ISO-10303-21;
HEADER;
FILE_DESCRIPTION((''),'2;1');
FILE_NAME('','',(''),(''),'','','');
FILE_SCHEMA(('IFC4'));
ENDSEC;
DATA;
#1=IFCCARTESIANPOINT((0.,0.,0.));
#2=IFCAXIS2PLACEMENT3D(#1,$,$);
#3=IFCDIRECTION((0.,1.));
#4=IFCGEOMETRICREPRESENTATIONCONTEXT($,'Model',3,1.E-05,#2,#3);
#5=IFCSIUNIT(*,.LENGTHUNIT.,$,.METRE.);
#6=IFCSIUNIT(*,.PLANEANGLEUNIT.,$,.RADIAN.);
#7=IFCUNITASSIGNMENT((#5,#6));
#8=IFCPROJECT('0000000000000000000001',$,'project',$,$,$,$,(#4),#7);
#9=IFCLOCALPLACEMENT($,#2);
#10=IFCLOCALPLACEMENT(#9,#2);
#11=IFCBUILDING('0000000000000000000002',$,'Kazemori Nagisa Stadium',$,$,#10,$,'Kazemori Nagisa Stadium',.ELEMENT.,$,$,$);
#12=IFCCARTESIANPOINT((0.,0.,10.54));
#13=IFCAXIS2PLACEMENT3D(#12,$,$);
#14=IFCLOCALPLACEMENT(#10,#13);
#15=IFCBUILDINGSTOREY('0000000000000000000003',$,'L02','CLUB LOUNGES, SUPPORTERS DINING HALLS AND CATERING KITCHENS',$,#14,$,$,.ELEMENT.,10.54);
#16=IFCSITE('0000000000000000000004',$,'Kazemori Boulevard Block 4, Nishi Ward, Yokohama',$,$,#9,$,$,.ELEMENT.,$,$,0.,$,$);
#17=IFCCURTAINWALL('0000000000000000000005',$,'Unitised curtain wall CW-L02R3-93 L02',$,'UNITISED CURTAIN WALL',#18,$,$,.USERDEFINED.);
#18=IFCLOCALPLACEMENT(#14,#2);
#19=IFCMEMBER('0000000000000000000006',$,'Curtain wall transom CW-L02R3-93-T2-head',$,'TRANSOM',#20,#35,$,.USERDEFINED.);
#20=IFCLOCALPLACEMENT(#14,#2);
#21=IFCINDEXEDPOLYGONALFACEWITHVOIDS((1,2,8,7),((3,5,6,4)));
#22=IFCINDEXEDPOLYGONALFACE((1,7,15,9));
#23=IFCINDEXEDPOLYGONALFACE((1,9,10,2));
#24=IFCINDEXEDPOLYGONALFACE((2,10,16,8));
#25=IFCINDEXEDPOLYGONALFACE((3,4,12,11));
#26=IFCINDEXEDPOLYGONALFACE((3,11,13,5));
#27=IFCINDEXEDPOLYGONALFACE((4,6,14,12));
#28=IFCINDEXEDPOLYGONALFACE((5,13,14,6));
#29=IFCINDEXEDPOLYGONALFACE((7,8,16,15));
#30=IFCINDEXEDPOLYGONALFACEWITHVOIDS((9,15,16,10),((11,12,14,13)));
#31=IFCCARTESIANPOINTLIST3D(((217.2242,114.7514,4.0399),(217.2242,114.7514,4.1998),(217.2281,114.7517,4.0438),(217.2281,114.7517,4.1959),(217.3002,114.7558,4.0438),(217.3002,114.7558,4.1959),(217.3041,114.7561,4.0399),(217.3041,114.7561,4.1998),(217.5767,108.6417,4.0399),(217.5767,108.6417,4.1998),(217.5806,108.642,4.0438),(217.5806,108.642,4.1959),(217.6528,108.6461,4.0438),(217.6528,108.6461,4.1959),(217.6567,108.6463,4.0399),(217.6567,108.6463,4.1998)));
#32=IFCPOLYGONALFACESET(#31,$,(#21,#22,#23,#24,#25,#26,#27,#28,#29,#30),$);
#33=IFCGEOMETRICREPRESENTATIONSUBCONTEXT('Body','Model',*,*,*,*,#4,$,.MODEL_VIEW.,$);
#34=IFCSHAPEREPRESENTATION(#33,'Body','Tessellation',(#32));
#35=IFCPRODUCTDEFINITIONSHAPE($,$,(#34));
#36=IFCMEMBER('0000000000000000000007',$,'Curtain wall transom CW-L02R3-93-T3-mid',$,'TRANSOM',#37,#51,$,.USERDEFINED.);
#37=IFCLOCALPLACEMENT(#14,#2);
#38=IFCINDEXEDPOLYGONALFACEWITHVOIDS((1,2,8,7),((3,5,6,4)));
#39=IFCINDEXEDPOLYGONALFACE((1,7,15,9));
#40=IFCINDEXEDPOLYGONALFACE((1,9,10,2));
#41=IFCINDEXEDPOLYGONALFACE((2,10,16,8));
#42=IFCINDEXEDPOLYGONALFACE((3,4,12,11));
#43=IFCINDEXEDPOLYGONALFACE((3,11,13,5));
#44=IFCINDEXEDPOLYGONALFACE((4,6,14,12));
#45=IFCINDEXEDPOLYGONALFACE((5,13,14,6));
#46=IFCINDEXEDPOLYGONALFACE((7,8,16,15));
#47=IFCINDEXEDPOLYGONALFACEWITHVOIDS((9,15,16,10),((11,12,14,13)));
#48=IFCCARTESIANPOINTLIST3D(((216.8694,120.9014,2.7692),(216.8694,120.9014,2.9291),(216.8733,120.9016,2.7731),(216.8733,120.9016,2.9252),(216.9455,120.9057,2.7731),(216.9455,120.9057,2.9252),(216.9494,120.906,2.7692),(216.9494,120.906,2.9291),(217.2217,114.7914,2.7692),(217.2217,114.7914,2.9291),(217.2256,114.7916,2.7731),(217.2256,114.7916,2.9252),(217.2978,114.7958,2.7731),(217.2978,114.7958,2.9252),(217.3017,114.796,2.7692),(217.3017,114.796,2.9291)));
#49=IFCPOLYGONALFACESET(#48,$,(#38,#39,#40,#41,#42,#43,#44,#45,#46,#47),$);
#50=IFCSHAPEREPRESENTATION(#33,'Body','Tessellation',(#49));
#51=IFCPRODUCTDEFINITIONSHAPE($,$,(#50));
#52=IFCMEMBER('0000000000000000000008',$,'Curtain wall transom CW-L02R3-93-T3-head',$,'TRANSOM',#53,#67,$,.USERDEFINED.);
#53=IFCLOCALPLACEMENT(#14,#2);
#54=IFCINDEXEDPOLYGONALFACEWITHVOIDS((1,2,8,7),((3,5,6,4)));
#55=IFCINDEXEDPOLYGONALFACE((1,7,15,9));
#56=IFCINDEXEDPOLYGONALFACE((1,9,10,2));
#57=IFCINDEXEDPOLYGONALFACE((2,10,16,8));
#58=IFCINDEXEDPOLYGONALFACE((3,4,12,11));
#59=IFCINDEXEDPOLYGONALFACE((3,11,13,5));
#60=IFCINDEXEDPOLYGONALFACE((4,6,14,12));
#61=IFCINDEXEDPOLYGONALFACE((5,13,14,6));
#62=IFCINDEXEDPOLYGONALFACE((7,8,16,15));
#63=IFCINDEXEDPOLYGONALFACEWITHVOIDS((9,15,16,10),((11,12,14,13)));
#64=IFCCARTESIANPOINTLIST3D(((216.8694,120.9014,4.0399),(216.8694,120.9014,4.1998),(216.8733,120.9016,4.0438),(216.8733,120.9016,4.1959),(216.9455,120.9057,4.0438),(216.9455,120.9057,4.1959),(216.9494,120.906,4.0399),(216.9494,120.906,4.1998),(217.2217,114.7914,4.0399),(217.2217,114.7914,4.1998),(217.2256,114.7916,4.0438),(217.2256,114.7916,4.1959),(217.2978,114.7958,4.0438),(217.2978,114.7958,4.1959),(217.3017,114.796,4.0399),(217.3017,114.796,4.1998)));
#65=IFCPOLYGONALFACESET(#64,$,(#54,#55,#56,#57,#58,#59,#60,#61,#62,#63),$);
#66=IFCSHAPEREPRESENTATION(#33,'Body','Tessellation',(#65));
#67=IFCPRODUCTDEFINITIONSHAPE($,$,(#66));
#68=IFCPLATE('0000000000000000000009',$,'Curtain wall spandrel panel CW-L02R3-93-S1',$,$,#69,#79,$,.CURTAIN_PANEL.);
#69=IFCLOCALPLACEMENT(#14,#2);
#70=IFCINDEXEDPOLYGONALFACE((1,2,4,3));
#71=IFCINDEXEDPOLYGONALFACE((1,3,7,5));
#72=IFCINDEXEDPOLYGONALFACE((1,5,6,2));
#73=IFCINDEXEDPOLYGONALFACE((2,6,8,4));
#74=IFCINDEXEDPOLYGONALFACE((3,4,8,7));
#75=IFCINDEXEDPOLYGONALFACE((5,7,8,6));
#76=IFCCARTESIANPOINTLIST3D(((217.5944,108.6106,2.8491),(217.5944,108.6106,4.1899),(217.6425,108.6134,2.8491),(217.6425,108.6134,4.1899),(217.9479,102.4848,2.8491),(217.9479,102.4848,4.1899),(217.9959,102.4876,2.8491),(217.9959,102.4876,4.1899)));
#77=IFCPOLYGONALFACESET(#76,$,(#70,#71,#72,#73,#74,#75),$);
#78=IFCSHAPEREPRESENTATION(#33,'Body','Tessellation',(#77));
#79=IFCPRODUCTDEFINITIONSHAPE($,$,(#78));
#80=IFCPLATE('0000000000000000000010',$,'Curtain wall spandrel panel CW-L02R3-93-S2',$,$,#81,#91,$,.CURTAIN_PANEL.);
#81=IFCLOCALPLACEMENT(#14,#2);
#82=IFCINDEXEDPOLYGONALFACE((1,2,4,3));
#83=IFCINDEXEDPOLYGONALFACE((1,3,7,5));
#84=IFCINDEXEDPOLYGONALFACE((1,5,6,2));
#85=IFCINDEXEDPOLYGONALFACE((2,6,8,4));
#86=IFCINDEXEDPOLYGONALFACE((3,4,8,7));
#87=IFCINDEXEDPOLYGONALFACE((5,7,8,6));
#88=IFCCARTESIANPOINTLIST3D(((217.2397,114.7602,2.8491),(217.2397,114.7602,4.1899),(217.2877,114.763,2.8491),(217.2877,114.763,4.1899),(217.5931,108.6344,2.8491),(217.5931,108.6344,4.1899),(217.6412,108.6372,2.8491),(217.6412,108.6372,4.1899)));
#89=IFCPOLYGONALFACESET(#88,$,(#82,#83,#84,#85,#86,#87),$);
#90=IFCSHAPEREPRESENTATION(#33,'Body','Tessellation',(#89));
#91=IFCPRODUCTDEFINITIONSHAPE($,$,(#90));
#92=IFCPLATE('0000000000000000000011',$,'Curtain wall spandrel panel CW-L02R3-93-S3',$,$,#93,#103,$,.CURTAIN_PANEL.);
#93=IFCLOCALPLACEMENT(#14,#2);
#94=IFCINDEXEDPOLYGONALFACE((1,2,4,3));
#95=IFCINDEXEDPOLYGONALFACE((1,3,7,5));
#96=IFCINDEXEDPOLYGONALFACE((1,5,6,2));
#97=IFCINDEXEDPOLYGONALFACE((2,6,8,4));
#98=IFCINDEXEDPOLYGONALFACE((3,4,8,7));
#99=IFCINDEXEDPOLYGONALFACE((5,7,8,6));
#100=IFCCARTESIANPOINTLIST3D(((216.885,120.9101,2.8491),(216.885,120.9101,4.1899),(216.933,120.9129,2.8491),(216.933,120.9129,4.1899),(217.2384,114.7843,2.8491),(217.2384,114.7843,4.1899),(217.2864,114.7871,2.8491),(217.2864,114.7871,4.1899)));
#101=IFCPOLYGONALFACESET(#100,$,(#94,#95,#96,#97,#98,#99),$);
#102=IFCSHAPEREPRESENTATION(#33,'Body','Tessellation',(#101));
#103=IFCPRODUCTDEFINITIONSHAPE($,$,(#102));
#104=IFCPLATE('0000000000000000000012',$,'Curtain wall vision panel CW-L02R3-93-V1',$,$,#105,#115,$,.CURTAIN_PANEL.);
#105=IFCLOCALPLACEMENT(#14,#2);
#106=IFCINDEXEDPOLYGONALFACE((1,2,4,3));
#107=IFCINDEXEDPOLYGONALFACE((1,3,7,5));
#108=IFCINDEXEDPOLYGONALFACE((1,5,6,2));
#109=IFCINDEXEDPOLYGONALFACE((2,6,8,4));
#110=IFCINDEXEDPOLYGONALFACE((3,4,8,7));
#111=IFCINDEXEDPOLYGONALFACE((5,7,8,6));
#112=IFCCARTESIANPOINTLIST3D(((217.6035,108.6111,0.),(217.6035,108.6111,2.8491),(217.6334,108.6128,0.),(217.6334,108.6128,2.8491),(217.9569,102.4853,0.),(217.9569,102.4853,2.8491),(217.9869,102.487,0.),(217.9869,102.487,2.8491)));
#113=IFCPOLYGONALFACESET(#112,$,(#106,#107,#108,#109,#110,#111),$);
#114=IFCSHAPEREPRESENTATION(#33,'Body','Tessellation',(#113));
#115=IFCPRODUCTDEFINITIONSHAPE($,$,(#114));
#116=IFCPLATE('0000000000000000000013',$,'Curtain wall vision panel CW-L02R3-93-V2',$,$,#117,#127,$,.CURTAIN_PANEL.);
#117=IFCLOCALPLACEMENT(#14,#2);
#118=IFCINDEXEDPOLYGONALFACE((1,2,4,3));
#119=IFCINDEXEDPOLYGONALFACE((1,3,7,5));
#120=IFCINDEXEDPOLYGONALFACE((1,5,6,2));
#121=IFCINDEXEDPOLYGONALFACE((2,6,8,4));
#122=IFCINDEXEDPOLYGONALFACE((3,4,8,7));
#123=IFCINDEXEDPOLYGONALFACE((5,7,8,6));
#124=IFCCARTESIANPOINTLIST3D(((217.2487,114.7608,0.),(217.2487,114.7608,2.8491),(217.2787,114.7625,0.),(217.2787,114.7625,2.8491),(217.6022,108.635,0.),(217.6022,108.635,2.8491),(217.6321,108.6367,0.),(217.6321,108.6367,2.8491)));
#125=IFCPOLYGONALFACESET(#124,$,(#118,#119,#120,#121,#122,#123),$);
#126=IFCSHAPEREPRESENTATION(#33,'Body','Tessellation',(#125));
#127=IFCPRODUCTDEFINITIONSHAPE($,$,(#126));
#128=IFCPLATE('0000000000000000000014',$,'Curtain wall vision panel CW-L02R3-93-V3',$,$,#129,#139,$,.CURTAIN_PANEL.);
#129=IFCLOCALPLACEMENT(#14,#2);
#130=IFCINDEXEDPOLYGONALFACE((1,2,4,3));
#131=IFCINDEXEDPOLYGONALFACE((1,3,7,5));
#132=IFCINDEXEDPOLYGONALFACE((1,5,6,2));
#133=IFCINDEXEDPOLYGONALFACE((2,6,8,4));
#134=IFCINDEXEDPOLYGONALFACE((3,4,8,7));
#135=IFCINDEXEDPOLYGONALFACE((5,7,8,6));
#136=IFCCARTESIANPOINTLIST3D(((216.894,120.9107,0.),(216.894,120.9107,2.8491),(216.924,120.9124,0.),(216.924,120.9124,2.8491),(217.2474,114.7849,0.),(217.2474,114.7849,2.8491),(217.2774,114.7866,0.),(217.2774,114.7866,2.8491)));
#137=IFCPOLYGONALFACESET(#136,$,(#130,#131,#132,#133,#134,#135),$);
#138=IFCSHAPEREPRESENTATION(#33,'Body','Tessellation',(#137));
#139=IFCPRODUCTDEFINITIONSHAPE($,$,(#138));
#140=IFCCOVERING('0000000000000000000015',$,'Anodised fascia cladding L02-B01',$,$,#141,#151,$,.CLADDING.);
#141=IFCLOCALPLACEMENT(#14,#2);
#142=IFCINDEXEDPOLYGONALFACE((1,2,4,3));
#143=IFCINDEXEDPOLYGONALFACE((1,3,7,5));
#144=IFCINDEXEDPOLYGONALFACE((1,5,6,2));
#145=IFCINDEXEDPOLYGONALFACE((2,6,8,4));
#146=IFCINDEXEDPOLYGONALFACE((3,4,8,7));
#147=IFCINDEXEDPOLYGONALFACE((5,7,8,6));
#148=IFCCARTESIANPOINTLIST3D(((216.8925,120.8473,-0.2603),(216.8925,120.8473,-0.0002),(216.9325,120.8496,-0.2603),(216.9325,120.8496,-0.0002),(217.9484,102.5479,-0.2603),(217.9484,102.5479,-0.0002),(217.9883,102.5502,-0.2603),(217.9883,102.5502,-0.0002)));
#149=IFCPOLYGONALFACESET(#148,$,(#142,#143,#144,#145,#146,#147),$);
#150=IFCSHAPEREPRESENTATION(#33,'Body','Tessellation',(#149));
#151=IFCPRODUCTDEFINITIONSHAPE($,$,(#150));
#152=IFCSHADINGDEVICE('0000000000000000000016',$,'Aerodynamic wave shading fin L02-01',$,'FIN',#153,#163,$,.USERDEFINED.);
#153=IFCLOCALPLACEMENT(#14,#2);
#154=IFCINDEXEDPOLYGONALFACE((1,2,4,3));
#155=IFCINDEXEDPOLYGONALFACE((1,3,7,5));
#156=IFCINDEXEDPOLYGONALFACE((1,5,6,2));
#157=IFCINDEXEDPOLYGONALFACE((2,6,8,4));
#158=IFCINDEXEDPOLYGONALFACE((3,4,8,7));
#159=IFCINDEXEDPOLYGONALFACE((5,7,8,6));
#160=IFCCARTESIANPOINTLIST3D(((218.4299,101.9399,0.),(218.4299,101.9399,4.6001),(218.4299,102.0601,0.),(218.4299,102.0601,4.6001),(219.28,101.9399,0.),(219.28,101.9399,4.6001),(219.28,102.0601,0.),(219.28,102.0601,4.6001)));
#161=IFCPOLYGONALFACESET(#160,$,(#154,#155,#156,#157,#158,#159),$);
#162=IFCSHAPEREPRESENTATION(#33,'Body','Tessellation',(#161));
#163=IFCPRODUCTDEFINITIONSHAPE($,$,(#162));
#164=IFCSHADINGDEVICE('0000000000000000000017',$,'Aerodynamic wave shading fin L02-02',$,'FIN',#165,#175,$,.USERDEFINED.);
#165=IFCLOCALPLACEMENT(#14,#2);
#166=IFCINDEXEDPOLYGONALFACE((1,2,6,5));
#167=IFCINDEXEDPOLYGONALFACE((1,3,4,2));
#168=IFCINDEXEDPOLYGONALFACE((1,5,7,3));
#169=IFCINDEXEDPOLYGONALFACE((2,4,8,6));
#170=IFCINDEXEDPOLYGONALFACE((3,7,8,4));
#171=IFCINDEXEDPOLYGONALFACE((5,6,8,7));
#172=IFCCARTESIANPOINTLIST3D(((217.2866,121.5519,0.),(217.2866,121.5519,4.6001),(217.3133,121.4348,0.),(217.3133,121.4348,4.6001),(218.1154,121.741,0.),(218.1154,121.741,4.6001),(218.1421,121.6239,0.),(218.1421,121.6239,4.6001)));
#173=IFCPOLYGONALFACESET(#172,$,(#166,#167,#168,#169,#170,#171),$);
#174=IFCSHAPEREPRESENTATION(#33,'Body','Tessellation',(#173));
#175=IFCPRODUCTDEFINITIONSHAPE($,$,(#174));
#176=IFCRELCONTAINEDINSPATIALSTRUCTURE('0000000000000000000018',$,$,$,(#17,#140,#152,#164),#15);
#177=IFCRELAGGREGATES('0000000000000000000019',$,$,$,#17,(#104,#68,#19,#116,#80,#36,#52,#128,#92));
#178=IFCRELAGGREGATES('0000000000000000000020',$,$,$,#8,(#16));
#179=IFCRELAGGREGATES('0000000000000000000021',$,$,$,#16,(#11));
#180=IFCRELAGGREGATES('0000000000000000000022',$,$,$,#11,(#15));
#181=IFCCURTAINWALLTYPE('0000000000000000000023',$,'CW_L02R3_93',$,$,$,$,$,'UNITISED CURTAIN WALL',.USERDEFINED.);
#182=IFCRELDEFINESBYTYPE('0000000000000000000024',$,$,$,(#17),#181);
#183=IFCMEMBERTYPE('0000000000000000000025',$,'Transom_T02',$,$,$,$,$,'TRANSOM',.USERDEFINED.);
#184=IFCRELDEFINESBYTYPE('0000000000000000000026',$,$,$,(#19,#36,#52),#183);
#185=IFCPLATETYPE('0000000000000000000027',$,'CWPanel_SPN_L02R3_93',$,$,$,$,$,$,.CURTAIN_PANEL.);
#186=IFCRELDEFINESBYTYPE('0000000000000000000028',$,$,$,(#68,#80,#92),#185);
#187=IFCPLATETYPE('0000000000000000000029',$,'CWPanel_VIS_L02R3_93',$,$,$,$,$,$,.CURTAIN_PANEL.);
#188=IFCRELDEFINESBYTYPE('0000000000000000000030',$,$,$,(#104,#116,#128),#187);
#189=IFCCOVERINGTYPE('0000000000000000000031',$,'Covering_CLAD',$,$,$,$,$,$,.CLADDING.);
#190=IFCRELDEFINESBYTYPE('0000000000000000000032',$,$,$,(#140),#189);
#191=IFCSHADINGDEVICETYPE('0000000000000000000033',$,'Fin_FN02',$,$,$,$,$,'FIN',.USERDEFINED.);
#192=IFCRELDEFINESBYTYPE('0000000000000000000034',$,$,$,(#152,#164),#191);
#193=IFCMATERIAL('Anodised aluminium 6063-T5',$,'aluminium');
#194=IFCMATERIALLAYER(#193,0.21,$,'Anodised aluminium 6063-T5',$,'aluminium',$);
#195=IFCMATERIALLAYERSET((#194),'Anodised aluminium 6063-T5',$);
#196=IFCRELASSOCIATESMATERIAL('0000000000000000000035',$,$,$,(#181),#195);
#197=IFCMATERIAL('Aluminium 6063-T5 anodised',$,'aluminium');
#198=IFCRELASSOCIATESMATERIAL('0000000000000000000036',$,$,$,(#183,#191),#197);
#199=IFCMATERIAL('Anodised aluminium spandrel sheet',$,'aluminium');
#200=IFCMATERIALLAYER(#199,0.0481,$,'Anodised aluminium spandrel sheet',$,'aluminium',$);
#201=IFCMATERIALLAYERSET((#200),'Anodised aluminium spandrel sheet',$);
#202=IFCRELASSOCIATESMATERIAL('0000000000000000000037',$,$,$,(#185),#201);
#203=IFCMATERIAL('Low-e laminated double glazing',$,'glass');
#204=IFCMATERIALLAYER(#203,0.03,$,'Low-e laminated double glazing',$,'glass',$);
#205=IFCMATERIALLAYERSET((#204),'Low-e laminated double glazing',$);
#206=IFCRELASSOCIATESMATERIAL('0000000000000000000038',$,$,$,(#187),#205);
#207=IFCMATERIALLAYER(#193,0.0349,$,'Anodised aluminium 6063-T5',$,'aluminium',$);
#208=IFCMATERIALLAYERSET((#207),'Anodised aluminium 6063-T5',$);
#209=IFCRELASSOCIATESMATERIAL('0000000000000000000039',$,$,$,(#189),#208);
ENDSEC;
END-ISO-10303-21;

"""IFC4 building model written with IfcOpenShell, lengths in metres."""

from ifc_helpers import new_model, si_unit, direction, frame, origin, origin_2d, place, context, subcontext, project, spatial, rectangle, hollow_rectangle, extrude, material, layer, layer_set, material_profile, profile_set, type_object, element, aggregate, save


model = new_model("IFC4")

# Units and contexts
model_context = context("Model", 3, precision=1e-05, world=origin(), true_north=direction((0.0, 1.0)))
body_context = subcontext(model_context, "Body", "Model", "MODEL_VIEW")
ifc_project = project(units=[si_unit("LENGTHUNIT", "METRE"), si_unit("PLANEANGLEUNIT", "RADIAN")], contexts=[model_context])

# Site, building, storey
site_placement = place(None, origin())
site = spatial("IfcSite", under=ifc_project, at=site_placement, Name="Kazemori Boulevard Block 4, Nishi Ward, Yokohama", CompositionType="ELEMENT", RefElevation=0.0)
building_placement = place(site_placement, origin())
building = spatial("IfcBuilding", under=site, at=building_placement, Name="Kazemori Nagisa Stadium", LongName="Kazemori Nagisa Stadium", CompositionType="ELEMENT")
storey_placement = place(building_placement, frame((0.0, 0.0, 10.54)))
storey = spatial("IfcBuildingStorey", under=building, at=storey_placement, Name="L02", Description="CLUB LOUNGES, SUPPORTERS DINING HALLS AND CATERING KITCHENS", CompositionType="ELEMENT", Elevation=10.54)

# Curtain wall
ifc_material_1 = material(Name="Anodised aluminium 6063-T5", Category="aluminium")
ifc_layer_1 = layer(ifc_material_1, 0.21, Name="Anodised aluminium 6063-T5", Category="aluminium")
ifc_layer_set_1 = layer_set([ifc_layer_1], Name="Anodised aluminium 6063-T5")
curtain_wall_type_1 = type_object("IfcCurtainWallType", Name="CW_L02R3_93", ElementType="UNITISED CURTAIN WALL", PredefinedType="USERDEFINED", material=ifc_layer_set_1)
curtain_wall_1_placement = place(storey_placement, origin())
curtain_wall_1 = element("IfcCurtainWall", 1, at=curtain_wall_1_placement, inside=storey, type_object=curtain_wall_type_1, Name="Unitised curtain wall CW-L02R3-93 L02", ObjectType="UNITISED CURTAIN WALL", PredefinedType="USERDEFINED")
ifc_material_2 = material(Name="Aluminium 6063-T5 anodised", Category="aluminium")

# Members
ifc_material_profile_1 = material_profile(ifc_material_2, hollow_rectangle(XDim=0.0801, YDim=0.1599, WallThickness=0.0039, at=origin_2d()), Name="ALU-TRAN-80x160x4")
ifc_profile_set_1 = profile_set([ifc_material_profile_1], Name="Aluminium 6063-T5 anodised")
member_type_1 = type_object("IfcMemberType", Name="Transom_T02", ElementType="TRANSOM", PredefinedType="USERDEFINED", material=ifc_profile_set_1)
member_1_placement = place(storey_placement, frame((217.6167, 108.644, 4.1199), z_axis=(-0.057606, 0.998339, 0.0), x_axis=(-0.998339, -0.057606, 0.0)))
member_1 = element("IfcMember", 2, at=member_1_placement, type_object=member_type_1, Name="Curtain wall transom CW-L02R3-93-T2-head", ObjectType="TRANSOM", PredefinedType="USERDEFINED", context=body_context, shape_type="SweptSolid", body=[
    extrude(hollow_rectangle(XDim=0.0801, YDim=0.1599, WallThickness=0.0039, at=origin_2d()), origin(), (0.0, 0.0, 1.0), 6.1199),
])
member_2_placement = place(storey_placement, frame((217.2617, 114.7937, 2.8491), z_axis=(-0.057564, 0.998342, 0.0), x_axis=(-0.998342, -0.057564, 0.0)))
member_2 = element("IfcMember", 3, at=member_2_placement, type_object=member_type_1, Name="Curtain wall transom CW-L02R3-93-T3-mid", ObjectType="TRANSOM", PredefinedType="USERDEFINED", context=body_context, shape_type="SweptSolid", body=[
    extrude(hollow_rectangle(XDim=0.0801, YDim=0.1599, WallThickness=0.0039, at=origin_2d()), origin(), (0.0, 0.0, 1.0), 6.1201),
])
member_3_placement = place(storey_placement, frame((217.2617, 114.7937, 4.1199), z_axis=(-0.057564, 0.998342, 0.0), x_axis=(-0.998342, -0.057564, 0.0)))
member_3 = element("IfcMember", 4, at=member_3_placement, type_object=member_type_1, Name="Curtain wall transom CW-L02R3-93-T3-head", ObjectType="TRANSOM", PredefinedType="USERDEFINED", context=body_context, shape_type="SweptSolid", body=[
    extrude(hollow_rectangle(XDim=0.0801, YDim=0.1599, WallThickness=0.0039, at=origin_2d()), origin(), (0.0, 0.0, 1.0), 6.1201),
])

# Plates
ifc_material_3 = material(Name="Anodised aluminium spandrel sheet", Category="aluminium")
ifc_layer_2 = layer(ifc_material_3, 0.0481, Name="Anodised aluminium spandrel sheet", Category="aluminium")
ifc_layer_set_2 = layer_set([ifc_layer_2], Name="Anodised aluminium spandrel sheet")
plate_type_1 = type_object("IfcPlateType", Name="CWPanel_SPN_L02R3_93", PredefinedType="CURTAIN_PANEL", material=ifc_layer_set_2)
plate_1_placement = place(storey_placement, frame((217.7952, 105.5491, 2.8491), z_axis=(0.0, 0.0, 1.0), x_axis=(-0.057602, 0.99834, 0.0)))
plate_1 = element("IfcPlate", 5, at=plate_1_placement, type_object=plate_type_1, Name="Curtain wall spandrel panel CW-L02R3-93-S1", PredefinedType="CURTAIN_PANEL", context=body_context, shape_type="SweptSolid", body=[
    extrude(rectangle(XDim=6.136, YDim=0.0481, at=origin_2d()), origin(), (0.0, 0.0, 1.0), 1.3408),
])
plate_2_placement = place(storey_placement, frame((217.4404, 111.6987, 2.8491), z_axis=(0.0, 0.0, 1.0), x_axis=(-0.057602, 0.99834, 0.0)))
plate_2 = element("IfcPlate", 6, at=plate_2_placement, type_object=plate_type_1, Name="Curtain wall spandrel panel CW-L02R3-93-S2", PredefinedType="CURTAIN_PANEL", context=body_context, shape_type="SweptSolid", body=[
    extrude(rectangle(XDim=6.136, YDim=0.0481, at=origin_2d()), origin(), (0.0, 0.0, 1.0), 1.3408),
])
plate_3_placement = place(storey_placement, frame((217.0857, 117.8486, 2.8491), z_axis=(0.0, 0.0, 1.0), x_axis=(-0.057602, 0.99834, 0.0)))
plate_3 = element("IfcPlate", 7, at=plate_3_placement, type_object=plate_type_1, Name="Curtain wall spandrel panel CW-L02R3-93-S3", PredefinedType="CURTAIN_PANEL", context=body_context, shape_type="SweptSolid", body=[
    extrude(rectangle(XDim=6.136, YDim=0.0481, at=origin_2d()), origin(), (0.0, 0.0, 1.0), 1.3408),
])
ifc_material_4 = material(Name="Low-e laminated double glazing", Category="glass")
ifc_layer_3 = layer(ifc_material_4, 0.03, Name="Low-e laminated double glazing", Category="glass")
ifc_layer_set_3 = layer_set([ifc_layer_3], Name="Low-e laminated double glazing")
plate_type_2 = type_object("IfcPlateType", Name="CWPanel_VIS_L02R3_93", PredefinedType="CURTAIN_PANEL", material=ifc_layer_set_3)
plate_4_placement = place(storey_placement, frame((217.7952, 105.5491, 0.0), z_axis=(0.0, 0.0, 1.0), x_axis=(-0.057602, 0.99834, 0.0)))
plate_4 = element("IfcPlate", 8, at=plate_4_placement, type_object=plate_type_2, Name="Curtain wall vision panel CW-L02R3-93-V1", PredefinedType="CURTAIN_PANEL", context=body_context, shape_type="SweptSolid", body=[
    extrude(rectangle(XDim=6.136, YDim=0.03, at=origin_2d()), origin(), (0.0, 0.0, 1.0), 2.8491),
])
plate_5_placement = place(storey_placement, frame((217.4404, 111.6987, 0.0), z_axis=(0.0, 0.0, 1.0), x_axis=(-0.057602, 0.99834, 0.0)))
plate_5 = element("IfcPlate", 9, at=plate_5_placement, type_object=plate_type_2, Name="Curtain wall vision panel CW-L02R3-93-V2", PredefinedType="CURTAIN_PANEL", context=body_context, shape_type="SweptSolid", body=[
    extrude(rectangle(XDim=6.136, YDim=0.03, at=origin_2d()), origin(), (0.0, 0.0, 1.0), 2.8491),
])
plate_6_placement = place(storey_placement, frame((217.0857, 117.8486, 0.0), z_axis=(0.0, 0.0, 1.0), x_axis=(-0.057602, 0.99834, 0.0)))
plate_6 = element("IfcPlate", 10, at=plate_6_placement, type_object=plate_type_2, Name="Curtain wall vision panel CW-L02R3-93-V3", PredefinedType="CURTAIN_PANEL", context=body_context, shape_type="SweptSolid", body=[
    extrude(rectangle(XDim=6.136, YDim=0.03, at=origin_2d()), origin(), (0.0, 0.0, 1.0), 2.8491),
])
aggregate(curtain_wall_1, [plate_4, plate_1, member_1, plate_5, plate_2, member_2, member_3, plate_6, plate_3])

# Covering
ifc_layer_4 = layer(ifc_material_1, 0.0349, Name="Anodised aluminium 6063-T5", Category="aluminium")
ifc_layer_set_4 = layer_set([ifc_layer_4], Name="Anodised aluminium 6063-T5")
covering_type = type_object("IfcCoveringType", Name="Covering_CLAD", PredefinedType="CLADDING", material=ifc_layer_set_4)
covering_placement = place(storey_placement, frame((217.4404, 111.6987, -0.2603), z_axis=(0.0, 0.0, 1.0), x_axis=(-0.057602, 0.99834, 0.0)))
element("IfcCovering", 11, at=covering_placement, inside=storey, type_object=covering_type, Name="Anodised fascia cladding L02-B01", PredefinedType="CLADDING", context=body_context, shape_type="SweptSolid", body=[
    extrude(rectangle(XDim=18.3298, YDim=0.04, at=origin_2d()), origin(), (0.0, 0.0, 1.0), 0.26),
])

# Shading devices
shading_device_type = type_object("IfcShadingDeviceType", Name="Fin_FN02", ElementType="FIN", PredefinedType="USERDEFINED", material=ifc_material_2)
for number, where, z_axis, x_axis, name in (
    (12, (218.855, 102.0, 0.0), (0.0, 0.0, 1.0), (1.0, 0.0, 0.0), "Aerodynamic wave shading fin L02-01"),
    (13, (217.7144, 121.5879, 0.0), (0.0, 0.0, 1.0), (0.974928, 0.222521, 0.0), "Aerodynamic wave shading fin L02-02"),
):
    element("IfcShadingDevice", number, at=place(storey_placement, frame(where, z_axis=z_axis, x_axis=x_axis)), inside=storey, type_object=shading_device_type, Name=name, ObjectType="FIN", PredefinedType="USERDEFINED", context=body_context, shape_type="SweptSolid", body=[
        extrude(rectangle(XDim=0.8501, YDim=0.1201, at=origin_2d()), origin(), (0.0, 0.0, 1.0), 4.6001),
    ])

save(model, "model.ifc")
